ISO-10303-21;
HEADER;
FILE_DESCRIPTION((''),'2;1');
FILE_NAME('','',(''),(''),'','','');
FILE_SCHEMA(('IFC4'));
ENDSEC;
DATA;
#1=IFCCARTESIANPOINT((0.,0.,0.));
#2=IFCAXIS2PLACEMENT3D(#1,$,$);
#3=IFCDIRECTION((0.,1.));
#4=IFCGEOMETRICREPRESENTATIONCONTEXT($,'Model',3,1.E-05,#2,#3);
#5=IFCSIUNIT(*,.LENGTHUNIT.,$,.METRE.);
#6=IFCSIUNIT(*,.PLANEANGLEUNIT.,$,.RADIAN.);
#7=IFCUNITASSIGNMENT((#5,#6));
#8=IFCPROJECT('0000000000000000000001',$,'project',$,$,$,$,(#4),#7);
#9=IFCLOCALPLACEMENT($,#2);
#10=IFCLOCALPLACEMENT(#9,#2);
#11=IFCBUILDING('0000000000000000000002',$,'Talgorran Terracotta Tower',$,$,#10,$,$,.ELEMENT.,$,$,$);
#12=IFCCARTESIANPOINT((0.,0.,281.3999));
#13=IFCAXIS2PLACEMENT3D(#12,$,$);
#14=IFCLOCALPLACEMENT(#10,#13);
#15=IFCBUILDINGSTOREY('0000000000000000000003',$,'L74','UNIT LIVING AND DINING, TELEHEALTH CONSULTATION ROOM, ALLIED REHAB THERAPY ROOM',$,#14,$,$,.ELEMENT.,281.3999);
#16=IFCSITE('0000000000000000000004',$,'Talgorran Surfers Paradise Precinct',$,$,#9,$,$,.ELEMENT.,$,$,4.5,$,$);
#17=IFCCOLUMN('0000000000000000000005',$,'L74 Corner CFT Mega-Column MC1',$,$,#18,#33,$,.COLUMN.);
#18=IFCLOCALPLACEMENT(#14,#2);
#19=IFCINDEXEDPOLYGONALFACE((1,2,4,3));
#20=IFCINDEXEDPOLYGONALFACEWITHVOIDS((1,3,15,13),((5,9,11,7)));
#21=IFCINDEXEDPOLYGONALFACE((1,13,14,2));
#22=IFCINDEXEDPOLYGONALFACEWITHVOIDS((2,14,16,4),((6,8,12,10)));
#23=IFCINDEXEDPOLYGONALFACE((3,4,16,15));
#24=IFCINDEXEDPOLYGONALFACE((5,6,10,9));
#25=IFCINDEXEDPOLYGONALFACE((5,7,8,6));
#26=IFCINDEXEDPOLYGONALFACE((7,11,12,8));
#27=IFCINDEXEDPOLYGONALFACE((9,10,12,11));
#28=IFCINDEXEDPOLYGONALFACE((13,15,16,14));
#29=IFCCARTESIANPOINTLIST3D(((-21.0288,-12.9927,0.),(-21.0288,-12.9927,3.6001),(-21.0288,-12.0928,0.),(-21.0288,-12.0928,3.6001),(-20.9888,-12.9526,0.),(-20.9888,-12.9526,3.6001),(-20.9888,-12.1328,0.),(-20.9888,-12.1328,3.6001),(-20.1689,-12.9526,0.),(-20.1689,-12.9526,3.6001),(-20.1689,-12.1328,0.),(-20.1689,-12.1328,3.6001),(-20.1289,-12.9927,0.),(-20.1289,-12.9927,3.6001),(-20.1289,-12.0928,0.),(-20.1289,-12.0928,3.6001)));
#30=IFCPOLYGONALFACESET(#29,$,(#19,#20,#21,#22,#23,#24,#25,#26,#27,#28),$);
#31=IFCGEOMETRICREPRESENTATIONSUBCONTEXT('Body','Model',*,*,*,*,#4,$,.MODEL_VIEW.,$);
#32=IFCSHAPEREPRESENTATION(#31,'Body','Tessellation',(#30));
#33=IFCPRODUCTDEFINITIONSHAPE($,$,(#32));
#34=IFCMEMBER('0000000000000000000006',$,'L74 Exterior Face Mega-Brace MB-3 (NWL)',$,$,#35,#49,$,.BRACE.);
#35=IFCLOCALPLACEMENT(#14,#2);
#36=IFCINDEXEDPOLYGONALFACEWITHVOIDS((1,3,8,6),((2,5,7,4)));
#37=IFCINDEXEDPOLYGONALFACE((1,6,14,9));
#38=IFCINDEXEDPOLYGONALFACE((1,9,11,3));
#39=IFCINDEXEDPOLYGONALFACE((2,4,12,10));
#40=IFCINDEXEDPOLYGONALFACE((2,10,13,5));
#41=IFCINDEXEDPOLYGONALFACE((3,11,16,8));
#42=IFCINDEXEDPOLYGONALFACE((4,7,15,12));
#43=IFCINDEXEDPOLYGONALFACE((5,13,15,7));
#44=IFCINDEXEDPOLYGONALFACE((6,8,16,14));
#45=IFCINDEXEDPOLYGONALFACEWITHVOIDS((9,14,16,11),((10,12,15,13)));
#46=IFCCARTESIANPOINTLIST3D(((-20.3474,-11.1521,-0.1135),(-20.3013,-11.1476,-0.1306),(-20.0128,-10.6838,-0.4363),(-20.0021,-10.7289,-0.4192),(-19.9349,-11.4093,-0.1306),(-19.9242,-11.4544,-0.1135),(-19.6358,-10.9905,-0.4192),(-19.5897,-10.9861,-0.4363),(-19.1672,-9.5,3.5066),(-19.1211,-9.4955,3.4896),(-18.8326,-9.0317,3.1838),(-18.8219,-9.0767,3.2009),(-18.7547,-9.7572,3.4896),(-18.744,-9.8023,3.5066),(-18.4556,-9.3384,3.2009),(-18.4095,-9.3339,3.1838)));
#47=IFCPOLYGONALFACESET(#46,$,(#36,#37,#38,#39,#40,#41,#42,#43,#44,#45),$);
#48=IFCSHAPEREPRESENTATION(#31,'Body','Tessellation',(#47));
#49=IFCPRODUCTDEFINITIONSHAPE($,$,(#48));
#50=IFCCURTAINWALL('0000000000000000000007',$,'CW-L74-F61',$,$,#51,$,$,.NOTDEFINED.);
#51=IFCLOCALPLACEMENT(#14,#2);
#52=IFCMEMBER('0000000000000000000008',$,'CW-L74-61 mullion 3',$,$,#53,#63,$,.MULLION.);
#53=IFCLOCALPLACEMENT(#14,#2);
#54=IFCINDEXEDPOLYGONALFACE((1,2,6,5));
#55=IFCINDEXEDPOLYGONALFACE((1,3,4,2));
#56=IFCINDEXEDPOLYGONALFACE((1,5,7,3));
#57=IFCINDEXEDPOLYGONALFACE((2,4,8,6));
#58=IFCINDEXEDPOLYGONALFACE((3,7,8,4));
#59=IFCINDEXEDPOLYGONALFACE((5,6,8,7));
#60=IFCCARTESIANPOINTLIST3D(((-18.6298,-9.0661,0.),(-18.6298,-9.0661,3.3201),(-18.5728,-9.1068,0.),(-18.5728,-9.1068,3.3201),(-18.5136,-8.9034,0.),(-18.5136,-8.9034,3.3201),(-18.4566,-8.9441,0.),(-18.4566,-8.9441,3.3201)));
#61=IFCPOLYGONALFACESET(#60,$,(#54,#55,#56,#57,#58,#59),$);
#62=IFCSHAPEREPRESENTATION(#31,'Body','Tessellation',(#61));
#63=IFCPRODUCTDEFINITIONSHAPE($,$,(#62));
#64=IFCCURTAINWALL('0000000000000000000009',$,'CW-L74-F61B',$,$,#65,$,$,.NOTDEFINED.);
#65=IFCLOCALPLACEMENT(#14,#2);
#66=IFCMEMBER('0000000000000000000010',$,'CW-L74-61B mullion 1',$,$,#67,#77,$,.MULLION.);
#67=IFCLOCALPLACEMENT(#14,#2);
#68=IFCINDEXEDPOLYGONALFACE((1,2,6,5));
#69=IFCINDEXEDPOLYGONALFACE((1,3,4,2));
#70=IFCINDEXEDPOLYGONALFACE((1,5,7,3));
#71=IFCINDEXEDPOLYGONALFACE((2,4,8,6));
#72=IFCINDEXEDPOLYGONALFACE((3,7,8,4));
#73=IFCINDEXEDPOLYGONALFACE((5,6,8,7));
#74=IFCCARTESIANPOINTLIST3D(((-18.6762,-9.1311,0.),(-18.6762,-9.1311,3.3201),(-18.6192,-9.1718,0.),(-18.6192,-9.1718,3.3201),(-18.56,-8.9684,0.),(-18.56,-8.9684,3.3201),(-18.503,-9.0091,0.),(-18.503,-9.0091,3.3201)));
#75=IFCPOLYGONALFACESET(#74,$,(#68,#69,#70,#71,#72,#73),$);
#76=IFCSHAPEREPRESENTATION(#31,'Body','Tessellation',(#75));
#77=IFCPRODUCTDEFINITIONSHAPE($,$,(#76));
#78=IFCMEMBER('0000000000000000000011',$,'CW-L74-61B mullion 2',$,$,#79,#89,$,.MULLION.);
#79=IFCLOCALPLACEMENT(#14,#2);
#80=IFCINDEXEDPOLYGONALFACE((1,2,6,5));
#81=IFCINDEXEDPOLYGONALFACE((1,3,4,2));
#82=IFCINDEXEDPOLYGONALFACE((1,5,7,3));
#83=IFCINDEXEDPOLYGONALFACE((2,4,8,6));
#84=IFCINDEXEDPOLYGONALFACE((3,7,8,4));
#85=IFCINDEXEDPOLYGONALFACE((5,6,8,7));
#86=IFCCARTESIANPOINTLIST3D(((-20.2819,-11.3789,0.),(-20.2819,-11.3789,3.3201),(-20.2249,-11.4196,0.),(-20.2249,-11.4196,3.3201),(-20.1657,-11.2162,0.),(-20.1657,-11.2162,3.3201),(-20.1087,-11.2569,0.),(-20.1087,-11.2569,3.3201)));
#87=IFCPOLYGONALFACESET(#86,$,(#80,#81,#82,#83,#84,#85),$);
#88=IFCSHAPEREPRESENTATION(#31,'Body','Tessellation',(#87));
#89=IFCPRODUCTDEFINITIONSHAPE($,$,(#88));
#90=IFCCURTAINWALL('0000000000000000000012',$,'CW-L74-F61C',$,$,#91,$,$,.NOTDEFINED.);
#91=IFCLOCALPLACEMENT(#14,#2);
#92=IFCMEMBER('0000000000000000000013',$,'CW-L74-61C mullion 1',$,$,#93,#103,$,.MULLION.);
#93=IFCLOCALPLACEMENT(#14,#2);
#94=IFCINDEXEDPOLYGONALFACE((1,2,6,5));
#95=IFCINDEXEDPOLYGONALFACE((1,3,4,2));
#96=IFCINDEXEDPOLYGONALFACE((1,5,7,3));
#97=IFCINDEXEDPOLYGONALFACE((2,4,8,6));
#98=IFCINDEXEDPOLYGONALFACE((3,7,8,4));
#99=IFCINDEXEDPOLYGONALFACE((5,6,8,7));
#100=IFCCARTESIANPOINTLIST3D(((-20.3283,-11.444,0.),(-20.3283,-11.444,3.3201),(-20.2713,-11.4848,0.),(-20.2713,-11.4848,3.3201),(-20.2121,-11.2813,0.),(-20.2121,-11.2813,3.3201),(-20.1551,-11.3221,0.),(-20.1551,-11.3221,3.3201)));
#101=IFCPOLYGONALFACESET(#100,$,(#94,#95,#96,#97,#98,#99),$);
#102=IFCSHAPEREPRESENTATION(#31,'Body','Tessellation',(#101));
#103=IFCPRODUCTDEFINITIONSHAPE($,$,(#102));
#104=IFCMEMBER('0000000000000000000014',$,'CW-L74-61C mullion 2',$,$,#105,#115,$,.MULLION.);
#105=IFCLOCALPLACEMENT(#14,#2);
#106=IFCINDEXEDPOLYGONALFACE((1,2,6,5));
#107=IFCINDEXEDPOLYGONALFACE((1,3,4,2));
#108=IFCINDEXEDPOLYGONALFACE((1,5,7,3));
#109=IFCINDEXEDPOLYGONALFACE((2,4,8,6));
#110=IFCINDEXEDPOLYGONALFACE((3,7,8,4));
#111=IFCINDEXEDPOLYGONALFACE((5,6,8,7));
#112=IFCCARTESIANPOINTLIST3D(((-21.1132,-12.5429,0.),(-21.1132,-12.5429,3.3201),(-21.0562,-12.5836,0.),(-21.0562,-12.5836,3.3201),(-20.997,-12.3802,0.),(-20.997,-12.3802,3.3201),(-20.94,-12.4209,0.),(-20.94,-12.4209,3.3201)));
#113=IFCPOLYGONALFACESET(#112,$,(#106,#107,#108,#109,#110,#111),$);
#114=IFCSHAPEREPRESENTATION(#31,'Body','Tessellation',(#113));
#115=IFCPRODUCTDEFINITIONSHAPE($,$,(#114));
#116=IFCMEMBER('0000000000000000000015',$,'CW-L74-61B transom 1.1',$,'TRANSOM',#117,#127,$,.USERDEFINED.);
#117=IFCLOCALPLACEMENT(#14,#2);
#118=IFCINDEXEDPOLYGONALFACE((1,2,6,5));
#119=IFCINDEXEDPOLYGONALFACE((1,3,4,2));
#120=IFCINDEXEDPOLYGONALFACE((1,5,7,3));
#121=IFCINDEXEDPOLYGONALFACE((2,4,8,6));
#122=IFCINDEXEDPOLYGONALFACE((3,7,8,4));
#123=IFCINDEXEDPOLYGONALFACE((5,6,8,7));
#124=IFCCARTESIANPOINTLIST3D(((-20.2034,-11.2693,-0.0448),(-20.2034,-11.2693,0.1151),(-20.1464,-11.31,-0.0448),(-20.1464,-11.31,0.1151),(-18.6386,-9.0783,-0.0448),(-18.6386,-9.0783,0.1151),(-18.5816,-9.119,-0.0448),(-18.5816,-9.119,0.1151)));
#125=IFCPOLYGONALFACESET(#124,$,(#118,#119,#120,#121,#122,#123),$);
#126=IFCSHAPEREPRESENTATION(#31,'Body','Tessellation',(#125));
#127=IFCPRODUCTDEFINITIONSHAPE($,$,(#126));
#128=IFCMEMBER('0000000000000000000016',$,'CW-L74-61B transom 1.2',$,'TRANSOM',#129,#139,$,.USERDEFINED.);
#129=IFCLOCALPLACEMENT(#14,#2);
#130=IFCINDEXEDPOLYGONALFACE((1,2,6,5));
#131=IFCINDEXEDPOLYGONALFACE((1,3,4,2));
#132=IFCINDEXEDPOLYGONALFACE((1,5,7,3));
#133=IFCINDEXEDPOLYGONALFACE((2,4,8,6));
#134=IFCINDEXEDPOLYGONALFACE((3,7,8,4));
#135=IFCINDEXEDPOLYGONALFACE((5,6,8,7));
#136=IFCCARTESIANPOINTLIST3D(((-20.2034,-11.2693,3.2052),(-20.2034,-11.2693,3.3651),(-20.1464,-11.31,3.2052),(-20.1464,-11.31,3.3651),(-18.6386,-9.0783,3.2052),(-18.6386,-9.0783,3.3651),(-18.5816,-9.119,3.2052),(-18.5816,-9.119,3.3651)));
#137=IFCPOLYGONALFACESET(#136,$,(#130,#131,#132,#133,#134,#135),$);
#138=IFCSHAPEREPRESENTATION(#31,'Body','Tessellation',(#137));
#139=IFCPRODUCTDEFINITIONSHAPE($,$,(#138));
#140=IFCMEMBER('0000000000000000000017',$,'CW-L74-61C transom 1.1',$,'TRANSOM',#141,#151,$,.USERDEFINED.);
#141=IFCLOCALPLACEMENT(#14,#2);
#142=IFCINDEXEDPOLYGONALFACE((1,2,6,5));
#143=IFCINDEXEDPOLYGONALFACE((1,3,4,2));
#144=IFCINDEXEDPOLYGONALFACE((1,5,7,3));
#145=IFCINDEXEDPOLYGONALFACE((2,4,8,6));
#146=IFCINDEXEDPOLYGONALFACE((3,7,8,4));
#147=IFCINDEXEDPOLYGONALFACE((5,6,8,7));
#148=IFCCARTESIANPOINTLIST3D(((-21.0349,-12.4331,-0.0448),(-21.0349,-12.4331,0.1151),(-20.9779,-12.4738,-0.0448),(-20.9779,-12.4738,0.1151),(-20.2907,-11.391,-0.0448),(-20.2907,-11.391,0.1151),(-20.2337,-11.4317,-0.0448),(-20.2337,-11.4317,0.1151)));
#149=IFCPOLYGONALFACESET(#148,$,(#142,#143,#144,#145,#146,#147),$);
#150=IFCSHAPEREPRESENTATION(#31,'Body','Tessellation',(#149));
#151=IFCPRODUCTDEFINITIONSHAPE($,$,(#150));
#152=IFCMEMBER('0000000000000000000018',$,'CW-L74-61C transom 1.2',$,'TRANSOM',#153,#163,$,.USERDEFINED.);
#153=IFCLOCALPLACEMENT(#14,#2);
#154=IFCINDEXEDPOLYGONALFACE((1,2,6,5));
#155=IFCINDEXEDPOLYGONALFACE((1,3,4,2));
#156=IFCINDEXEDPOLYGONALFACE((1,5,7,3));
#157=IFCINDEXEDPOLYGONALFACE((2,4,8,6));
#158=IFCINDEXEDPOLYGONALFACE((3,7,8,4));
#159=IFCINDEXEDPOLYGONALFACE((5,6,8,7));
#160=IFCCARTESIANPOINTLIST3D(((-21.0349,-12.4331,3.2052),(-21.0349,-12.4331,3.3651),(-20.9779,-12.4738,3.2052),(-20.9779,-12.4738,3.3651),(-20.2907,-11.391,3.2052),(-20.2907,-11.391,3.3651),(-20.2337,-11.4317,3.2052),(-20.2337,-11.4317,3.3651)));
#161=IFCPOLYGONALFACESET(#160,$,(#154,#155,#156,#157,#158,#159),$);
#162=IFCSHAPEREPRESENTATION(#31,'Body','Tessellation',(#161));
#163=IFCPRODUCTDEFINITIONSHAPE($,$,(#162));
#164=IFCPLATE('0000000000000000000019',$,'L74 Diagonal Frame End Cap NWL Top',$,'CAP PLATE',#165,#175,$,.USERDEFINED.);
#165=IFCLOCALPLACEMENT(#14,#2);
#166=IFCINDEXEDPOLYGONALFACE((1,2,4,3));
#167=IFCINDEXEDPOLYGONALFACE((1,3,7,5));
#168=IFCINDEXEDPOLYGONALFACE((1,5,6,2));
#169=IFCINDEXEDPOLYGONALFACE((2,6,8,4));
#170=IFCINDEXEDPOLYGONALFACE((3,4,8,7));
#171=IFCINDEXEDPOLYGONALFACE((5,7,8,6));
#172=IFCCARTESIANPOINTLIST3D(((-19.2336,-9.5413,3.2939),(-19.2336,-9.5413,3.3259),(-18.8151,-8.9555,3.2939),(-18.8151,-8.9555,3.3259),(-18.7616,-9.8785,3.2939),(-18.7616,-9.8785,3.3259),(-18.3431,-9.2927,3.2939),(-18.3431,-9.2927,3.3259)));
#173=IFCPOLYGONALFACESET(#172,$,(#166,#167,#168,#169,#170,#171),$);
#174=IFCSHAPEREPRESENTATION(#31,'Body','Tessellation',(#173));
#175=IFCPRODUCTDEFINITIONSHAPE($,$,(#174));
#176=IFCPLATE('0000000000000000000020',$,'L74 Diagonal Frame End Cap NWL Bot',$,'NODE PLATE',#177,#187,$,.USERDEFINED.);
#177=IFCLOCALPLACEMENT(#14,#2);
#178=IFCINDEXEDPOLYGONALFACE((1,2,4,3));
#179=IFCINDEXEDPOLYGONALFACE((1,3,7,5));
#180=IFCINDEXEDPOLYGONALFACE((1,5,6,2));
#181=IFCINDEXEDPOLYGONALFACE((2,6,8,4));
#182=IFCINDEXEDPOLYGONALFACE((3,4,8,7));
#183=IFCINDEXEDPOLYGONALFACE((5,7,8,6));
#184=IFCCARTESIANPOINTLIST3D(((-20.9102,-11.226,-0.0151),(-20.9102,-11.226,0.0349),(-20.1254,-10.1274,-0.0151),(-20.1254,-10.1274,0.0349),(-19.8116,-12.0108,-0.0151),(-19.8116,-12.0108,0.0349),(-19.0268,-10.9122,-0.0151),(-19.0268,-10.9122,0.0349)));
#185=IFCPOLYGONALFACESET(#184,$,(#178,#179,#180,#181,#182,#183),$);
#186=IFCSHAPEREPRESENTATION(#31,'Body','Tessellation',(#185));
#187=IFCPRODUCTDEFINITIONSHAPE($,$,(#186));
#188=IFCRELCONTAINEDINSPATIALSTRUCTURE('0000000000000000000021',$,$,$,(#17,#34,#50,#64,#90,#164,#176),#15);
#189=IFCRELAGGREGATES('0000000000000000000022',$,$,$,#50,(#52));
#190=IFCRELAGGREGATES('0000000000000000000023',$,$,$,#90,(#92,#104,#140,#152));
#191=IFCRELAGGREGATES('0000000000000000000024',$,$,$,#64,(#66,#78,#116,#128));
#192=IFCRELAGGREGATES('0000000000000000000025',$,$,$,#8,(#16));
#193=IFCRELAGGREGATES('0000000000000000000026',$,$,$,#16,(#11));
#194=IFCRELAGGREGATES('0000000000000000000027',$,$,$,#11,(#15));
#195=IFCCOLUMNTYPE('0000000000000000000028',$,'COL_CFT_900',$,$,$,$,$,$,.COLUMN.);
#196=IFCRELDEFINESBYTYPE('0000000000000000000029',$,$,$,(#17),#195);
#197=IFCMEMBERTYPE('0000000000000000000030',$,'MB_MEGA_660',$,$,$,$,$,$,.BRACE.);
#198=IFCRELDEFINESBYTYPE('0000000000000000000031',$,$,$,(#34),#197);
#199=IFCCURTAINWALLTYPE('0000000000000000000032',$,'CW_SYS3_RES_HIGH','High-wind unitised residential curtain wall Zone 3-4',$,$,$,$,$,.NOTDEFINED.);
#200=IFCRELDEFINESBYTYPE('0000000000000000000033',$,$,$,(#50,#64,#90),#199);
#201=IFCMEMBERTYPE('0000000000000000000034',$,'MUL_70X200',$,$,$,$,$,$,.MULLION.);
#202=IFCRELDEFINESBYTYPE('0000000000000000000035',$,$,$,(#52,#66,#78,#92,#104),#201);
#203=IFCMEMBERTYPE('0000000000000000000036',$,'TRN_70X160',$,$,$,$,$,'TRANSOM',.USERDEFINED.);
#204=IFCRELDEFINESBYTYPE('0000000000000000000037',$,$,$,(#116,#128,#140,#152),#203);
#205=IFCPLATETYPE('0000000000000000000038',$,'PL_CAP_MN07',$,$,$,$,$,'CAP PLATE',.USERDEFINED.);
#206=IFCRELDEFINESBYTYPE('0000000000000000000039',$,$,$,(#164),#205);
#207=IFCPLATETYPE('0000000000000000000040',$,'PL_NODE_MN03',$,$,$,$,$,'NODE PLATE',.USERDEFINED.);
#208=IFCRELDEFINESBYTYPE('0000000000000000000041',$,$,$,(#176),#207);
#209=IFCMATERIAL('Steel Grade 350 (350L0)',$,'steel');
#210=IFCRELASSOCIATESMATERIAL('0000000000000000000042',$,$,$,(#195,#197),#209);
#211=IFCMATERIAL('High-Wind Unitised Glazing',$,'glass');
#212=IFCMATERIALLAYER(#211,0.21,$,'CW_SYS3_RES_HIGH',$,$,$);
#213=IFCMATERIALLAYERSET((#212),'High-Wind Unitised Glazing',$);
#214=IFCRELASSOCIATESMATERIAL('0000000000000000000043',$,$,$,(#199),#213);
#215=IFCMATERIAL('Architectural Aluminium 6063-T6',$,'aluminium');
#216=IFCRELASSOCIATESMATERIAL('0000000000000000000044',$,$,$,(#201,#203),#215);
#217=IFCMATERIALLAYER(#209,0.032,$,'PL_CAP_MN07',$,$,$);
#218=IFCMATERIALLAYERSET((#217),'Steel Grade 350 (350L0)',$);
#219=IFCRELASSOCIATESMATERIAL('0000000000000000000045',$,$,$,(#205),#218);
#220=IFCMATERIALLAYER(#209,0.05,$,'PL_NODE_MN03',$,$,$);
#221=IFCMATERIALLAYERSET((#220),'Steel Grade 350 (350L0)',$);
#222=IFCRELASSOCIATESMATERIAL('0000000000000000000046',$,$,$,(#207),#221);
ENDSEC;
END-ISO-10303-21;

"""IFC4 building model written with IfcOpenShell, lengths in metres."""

from ifc_helpers import new_model, si_unit, direction, frame, origin, origin_2d, place, context, subcontext, project, spatial, rectangle, hollow_rectangle, extrude, material, layer, layer_set, material_profile, profile_set, type_object, element, aggregate, save


model = new_model("IFC4")

# Units and contexts
model_context = context("Model", 3, precision=1e-05, world=origin(), true_north=direction((0.0, 1.0)))
body_context = subcontext(model_context, "Body", "Model", "MODEL_VIEW")
ifc_project = project(units=[si_unit("LENGTHUNIT", "METRE"), si_unit("PLANEANGLEUNIT", "RADIAN")], contexts=[model_context])

# Site, building, storey
site_placement = place(None, origin())
site = spatial("IfcSite", under=ifc_project, at=site_placement, Name="Talgorran Surfers Paradise Precinct", CompositionType="ELEMENT", RefElevation=4.5)
building_placement = place(site_placement, origin())
building = spatial("IfcBuilding", under=site, at=building_placement, Name="Talgorran Terracotta Tower", CompositionType="ELEMENT")
storey_placement = place(building_placement, frame((0.0, 0.0, 281.3999)))
storey = spatial("IfcBuildingStorey", under=building, at=storey_placement, Name="L74", Description="UNIT LIVING AND DINING, TELEHEALTH CONSULTATION ROOM, ALLIED REHAB THERAPY ROOM", CompositionType="ELEMENT", Elevation=281.3999)

# Column
ifc_material_1 = material(Name="Steel Grade 350 (350L0)", Category="steel")
ifc_material_profile_1 = material_profile(ifc_material_1, hollow_rectangle(XDim=0.8999, YDim=0.8999, WallThickness=0.04, at=origin_2d()), Name="CFT900X900X40")
ifc_profile_set_1 = profile_set([ifc_material_profile_1], Name="Steel Grade 350 (350L0)")
column_type = type_object("IfcColumnType", Name="COL_CFT_900", PredefinedType="COLUMN", material=ifc_profile_set_1)
column_placement = place(storey_placement, frame((-20.5789, -12.5427, 0.0), z_axis=(0.0, 0.0, 1.0), x_axis=(1.0, 0.0, 0.0)))
element("IfcColumn", 1, at=column_placement, inside=storey, type_object=column_type, Name="L74 Corner CFT Mega-Column MC1", PredefinedType="COLUMN", context=body_context, shape_type="SweptSolid", body=[
    extrude(hollow_rectangle(XDim=0.8999, YDim=0.8999, WallThickness=0.04, at=origin_2d()), origin(), (0.0, 0.0, 1.0), 3.6001),
])

# Member
ifc_material_profile_2 = material_profile(ifc_material_1, hollow_rectangle(XDim=0.52, YDim=0.6599, WallThickness=0.0349, at=origin_2d()), Name="WBOX660X520X35")
ifc_profile_set_2 = profile_set([ifc_material_profile_2], Name="Steel Grade 350 (350L0)")
member_type_1 = type_object("IfcMemberType", Name="MB_MEGA_660", PredefinedType="BRACE", material=ifc_profile_set_2)
member_1_placement = place(storey_placement, frame((-19.9685, -11.0691, -0.2749), z_axis=(0.284338, 0.398039, 0.872191), x_axis=(-0.813709, 0.581272, 0.0)))
element("IfcMember", 2, at=member_1_placement, inside=storey, type_object=member_type_1, Name="L74 Exterior Face Mega-Brace MB-3 (NWL)", PredefinedType="BRACE", context=body_context, shape_type="SweptSolid", body=[
    extrude(hollow_rectangle(XDim=0.52, YDim=0.6599, WallThickness=0.0349, at=origin_2d()), origin(), (0.0, 0.0, 1.0), 4.1506),
])

# Curtain wall, member
ifc_material_2 = material(Name="High-Wind Unitised Glazing", Category="glass")
ifc_layer_1 = layer(ifc_material_2, 0.21, Name="CW_SYS3_RES_HIGH")
ifc_layer_set_1 = layer_set([ifc_layer_1], Name="High-Wind Unitised Glazing")
curtain_wall_type = type_object("IfcCurtainWallType", Name="CW_SYS3_RES_HIGH", Description="High-wind unitised residential curtain wall Zone 3-4", PredefinedType="NOTDEFINED", material=ifc_layer_set_1)
curtain_wall_1_placement = place(storey_placement, origin())
curtain_wall_1 = element("IfcCurtainWall", 3, at=curtain_wall_1_placement, inside=storey, type_object=curtain_wall_type, Name="CW-L74-F61", PredefinedType="NOTDEFINED")
ifc_material_3 = material(Name="Architectural Aluminium 6063-T6", Category="aluminium")
ifc_material_profile_3 = material_profile(ifc_material_3, rectangle(XDim=0.0701, YDim=0.2, at=origin_2d()), Name="CWM70X200")
ifc_profile_set_3 = profile_set([ifc_material_profile_3], Name="Architectural Aluminium 6063-T6")
member_type_2 = type_object("IfcMemberType", Name="MUL_70X200", PredefinedType="MULLION", material=ifc_profile_set_3)
member_2_placement = place(storey_placement, frame((-18.5432, -9.0051, 0.0), z_axis=(0.0, 0.0, 1.0), x_axis=(0.813727, -0.581247, 0.0)))
member_2 = element("IfcMember", 4, at=member_2_placement, type_object=member_type_2, Name="CW-L74-61 mullion 3", PredefinedType="MULLION", context=body_context, shape_type="SweptSolid", body=[
    extrude(rectangle(XDim=0.0701, YDim=0.2, at=origin_2d()), origin(), (0.0, 0.0, 1.0), 3.3201),
])
aggregate(curtain_wall_1, [member_2])

# Curtain walls, members
curtain_wall_2_placement = place(storey_placement, origin())
curtain_wall_2 = element("IfcCurtainWall", 5, at=curtain_wall_2_placement, inside=storey, type_object=curtain_wall_type, Name="CW-L74-F61B", PredefinedType="NOTDEFINED")
member_3_placement = place(storey_placement, frame((-18.5896, -9.0701, 0.0), z_axis=(0.0, 0.0, 1.0), x_axis=(0.813731, -0.581242, 0.0)))
member_3 = element("IfcMember", 6, at=member_3_placement, type_object=member_type_2, Name="CW-L74-61B mullion 1", PredefinedType="MULLION", context=body_context, shape_type="SweptSolid", body=[
    extrude(rectangle(XDim=0.0701, YDim=0.2, at=origin_2d()), origin(), (0.0, 0.0, 1.0), 3.3201),
])
member_4_placement = place(storey_placement, frame((-20.1953, -11.3179, 0.0), z_axis=(0.0, 0.0, 1.0), x_axis=(0.813731, -0.581242, 0.0)))
member_4 = element("IfcMember", 7, at=member_4_placement, type_object=member_type_2, Name="CW-L74-61B mullion 2", PredefinedType="MULLION", context=body_context, shape_type="SweptSolid", body=[
    extrude(rectangle(XDim=0.0701, YDim=0.2, at=origin_2d()), origin(), (0.0, 0.0, 1.0), 3.3201),
])
curtain_wall_3_placement = place(storey_placement, origin())
curtain_wall_3 = element("IfcCurtainWall", 8, at=curtain_wall_3_placement, inside=storey, type_object=curtain_wall_type, Name="CW-L74-F61C", PredefinedType="NOTDEFINED")
member_5_placement = place(storey_placement, frame((-20.2417, -11.3831, 0.0), z_axis=(0.0, 0.0, 1.0), x_axis=(0.813724, -0.581252, 0.0)))
member_5 = element("IfcMember", 9, at=member_5_placement, type_object=member_type_2, Name="CW-L74-61C mullion 1", PredefinedType="MULLION", context=body_context, shape_type="SweptSolid", body=[
    extrude(rectangle(XDim=0.0701, YDim=0.2, at=origin_2d()), origin(), (0.0, 0.0, 1.0), 3.3201),
])
member_6_placement = place(storey_placement, frame((-21.0266, -12.4819, 0.0), z_axis=(0.0, 0.0, 1.0), x_axis=(0.813724, -0.581252, 0.0)))
member_6 = element("IfcMember", 10, at=member_6_placement, type_object=member_type_2, Name="CW-L74-61C mullion 2", PredefinedType="MULLION", context=body_context, shape_type="SweptSolid", body=[
    extrude(rectangle(XDim=0.0701, YDim=0.2, at=origin_2d()), origin(), (0.0, 0.0, 1.0), 3.3201),
])

# Members
ifc_material_profile_4 = material_profile(ifc_material_3, rectangle(XDim=0.0701, YDim=0.1599, at=origin_2d()), Name="CWT70X160")
ifc_profile_set_4 = profile_set([ifc_material_profile_4], Name="Architectural Aluminium 6063-T6")
member_type_3 = type_object("IfcMemberType", Name="TRN_70X160", ElementType="TRANSOM", PredefinedType="USERDEFINED", material=ifc_profile_set_4)
member_7_placement = place(storey_placement, frame((-18.6101, -9.0986, 0.0352), z_axis=(-0.581178, -0.813776, 0.0), x_axis=(0.813776, -0.581178, 0.0)))
member_7 = element("IfcMember", 11, at=member_7_placement, type_object=member_type_3, Name="CW-L74-61B transom 1.1", ObjectType="TRANSOM", PredefinedType="USERDEFINED", context=body_context, shape_type="SweptSolid", body=[
    extrude(rectangle(XDim=0.0701, YDim=0.1599, at=origin_2d()), origin(), (0.0, 0.0, 1.0), 2.6924),
])
member_8_placement = place(storey_placement, frame((-18.6101, -9.0986, 3.2852), z_axis=(-0.581178, -0.813776, 0.0), x_axis=(0.813776, -0.581178, 0.0)))
member_8 = element("IfcMember", 12, at=member_8_placement, type_object=member_type_3, Name="CW-L74-61B transom 1.2", ObjectType="TRANSOM", PredefinedType="USERDEFINED", context=body_context, shape_type="SweptSolid", body=[
    extrude(rectangle(XDim=0.0701, YDim=0.1599, at=origin_2d()), origin(), (0.0, 0.0, 1.0), 2.6924),
])
member_9_placement = place(storey_placement, frame((-20.2622, -11.4114, 0.0352), z_axis=(-0.581166, -0.813785, 0.0), x_axis=(0.813785, -0.581166, 0.0)))
member_9 = element("IfcMember", 13, at=member_9_placement, type_object=member_type_3, Name="CW-L74-61C transom 1.1", ObjectType="TRANSOM", PredefinedType="USERDEFINED", context=body_context, shape_type="SweptSolid", body=[
    extrude(rectangle(XDim=0.0701, YDim=0.1599, at=origin_2d()), origin(), (0.0, 0.0, 1.0), 1.2805),
])
member_10_placement = place(storey_placement, frame((-20.2622, -11.4114, 3.2852), z_axis=(-0.581166, -0.813785, 0.0), x_axis=(0.813785, -0.581166, 0.0)))
member_10 = element("IfcMember", 14, at=member_10_placement, type_object=member_type_3, Name="CW-L74-61C transom 1.2", ObjectType="TRANSOM", PredefinedType="USERDEFINED", context=body_context, shape_type="SweptSolid", body=[
    extrude(rectangle(XDim=0.0701, YDim=0.1599, at=origin_2d()), origin(), (0.0, 0.0, 1.0), 1.2805),
])

# Plates
ifc_layer_2 = layer(ifc_material_1, 0.032, Name="PL_CAP_MN07")
ifc_layer_set_2 = layer_set([ifc_layer_2], Name="Steel Grade 350 (350L0)")
plate_type_1 = type_object("IfcPlateType", Name="PL_CAP_MN07", ElementType="CAP PLATE", PredefinedType="USERDEFINED", material=ifc_layer_set_2)
plate_1_placement = place(storey_placement, frame((-18.7883, -9.417, 3.2939), z_axis=(0.0, 0.0, 1.0), x_axis=(0.581271, 0.81371, 0.0)))
element("IfcPlate", 15, at=plate_1_placement, inside=storey, type_object=plate_type_1, Name="L74 Diagonal Frame End Cap NWL Top", ObjectType="CAP PLATE", PredefinedType="USERDEFINED", context=body_context, shape_type="SweptSolid", body=[
    extrude(rectangle(XDim=0.72, YDim=0.5801, at=origin_2d()), origin(), (0.0, 0.0, 1.0), 0.032),
])
ifc_layer_3 = layer(ifc_material_1, 0.05, Name="PL_NODE_MN03")
ifc_layer_set_3 = layer_set([ifc_layer_3], Name="Steel Grade 350 (350L0)")
plate_type_2 = type_object("IfcPlateType", Name="PL_NODE_MN03", ElementType="NODE PLATE", PredefinedType="USERDEFINED", material=ifc_layer_set_3)
plate_2_placement = place(storey_placement, frame((-19.9685, -11.0691, -0.0151), z_axis=(0.0, 0.0, 1.0), x_axis=(0.581271, 0.81371, 0.0)))
element("IfcPlate", 16, at=plate_2_placement, inside=storey, type_object=plate_type_2, Name="L74 Diagonal Frame End Cap NWL Bot", ObjectType="NODE PLATE", PredefinedType="USERDEFINED", context=body_context, shape_type="SweptSolid", body=[
    extrude(rectangle(XDim=1.3501, YDim=1.3501, at=origin_2d()), origin(), (0.0, 0.0, 1.0), 0.05),
])

aggregate(curtain_wall_3, [member_5, member_6, member_9, member_10])
aggregate(curtain_wall_2, [member_3, member_4, member_7, member_8])

save(model, "model.ifc")
